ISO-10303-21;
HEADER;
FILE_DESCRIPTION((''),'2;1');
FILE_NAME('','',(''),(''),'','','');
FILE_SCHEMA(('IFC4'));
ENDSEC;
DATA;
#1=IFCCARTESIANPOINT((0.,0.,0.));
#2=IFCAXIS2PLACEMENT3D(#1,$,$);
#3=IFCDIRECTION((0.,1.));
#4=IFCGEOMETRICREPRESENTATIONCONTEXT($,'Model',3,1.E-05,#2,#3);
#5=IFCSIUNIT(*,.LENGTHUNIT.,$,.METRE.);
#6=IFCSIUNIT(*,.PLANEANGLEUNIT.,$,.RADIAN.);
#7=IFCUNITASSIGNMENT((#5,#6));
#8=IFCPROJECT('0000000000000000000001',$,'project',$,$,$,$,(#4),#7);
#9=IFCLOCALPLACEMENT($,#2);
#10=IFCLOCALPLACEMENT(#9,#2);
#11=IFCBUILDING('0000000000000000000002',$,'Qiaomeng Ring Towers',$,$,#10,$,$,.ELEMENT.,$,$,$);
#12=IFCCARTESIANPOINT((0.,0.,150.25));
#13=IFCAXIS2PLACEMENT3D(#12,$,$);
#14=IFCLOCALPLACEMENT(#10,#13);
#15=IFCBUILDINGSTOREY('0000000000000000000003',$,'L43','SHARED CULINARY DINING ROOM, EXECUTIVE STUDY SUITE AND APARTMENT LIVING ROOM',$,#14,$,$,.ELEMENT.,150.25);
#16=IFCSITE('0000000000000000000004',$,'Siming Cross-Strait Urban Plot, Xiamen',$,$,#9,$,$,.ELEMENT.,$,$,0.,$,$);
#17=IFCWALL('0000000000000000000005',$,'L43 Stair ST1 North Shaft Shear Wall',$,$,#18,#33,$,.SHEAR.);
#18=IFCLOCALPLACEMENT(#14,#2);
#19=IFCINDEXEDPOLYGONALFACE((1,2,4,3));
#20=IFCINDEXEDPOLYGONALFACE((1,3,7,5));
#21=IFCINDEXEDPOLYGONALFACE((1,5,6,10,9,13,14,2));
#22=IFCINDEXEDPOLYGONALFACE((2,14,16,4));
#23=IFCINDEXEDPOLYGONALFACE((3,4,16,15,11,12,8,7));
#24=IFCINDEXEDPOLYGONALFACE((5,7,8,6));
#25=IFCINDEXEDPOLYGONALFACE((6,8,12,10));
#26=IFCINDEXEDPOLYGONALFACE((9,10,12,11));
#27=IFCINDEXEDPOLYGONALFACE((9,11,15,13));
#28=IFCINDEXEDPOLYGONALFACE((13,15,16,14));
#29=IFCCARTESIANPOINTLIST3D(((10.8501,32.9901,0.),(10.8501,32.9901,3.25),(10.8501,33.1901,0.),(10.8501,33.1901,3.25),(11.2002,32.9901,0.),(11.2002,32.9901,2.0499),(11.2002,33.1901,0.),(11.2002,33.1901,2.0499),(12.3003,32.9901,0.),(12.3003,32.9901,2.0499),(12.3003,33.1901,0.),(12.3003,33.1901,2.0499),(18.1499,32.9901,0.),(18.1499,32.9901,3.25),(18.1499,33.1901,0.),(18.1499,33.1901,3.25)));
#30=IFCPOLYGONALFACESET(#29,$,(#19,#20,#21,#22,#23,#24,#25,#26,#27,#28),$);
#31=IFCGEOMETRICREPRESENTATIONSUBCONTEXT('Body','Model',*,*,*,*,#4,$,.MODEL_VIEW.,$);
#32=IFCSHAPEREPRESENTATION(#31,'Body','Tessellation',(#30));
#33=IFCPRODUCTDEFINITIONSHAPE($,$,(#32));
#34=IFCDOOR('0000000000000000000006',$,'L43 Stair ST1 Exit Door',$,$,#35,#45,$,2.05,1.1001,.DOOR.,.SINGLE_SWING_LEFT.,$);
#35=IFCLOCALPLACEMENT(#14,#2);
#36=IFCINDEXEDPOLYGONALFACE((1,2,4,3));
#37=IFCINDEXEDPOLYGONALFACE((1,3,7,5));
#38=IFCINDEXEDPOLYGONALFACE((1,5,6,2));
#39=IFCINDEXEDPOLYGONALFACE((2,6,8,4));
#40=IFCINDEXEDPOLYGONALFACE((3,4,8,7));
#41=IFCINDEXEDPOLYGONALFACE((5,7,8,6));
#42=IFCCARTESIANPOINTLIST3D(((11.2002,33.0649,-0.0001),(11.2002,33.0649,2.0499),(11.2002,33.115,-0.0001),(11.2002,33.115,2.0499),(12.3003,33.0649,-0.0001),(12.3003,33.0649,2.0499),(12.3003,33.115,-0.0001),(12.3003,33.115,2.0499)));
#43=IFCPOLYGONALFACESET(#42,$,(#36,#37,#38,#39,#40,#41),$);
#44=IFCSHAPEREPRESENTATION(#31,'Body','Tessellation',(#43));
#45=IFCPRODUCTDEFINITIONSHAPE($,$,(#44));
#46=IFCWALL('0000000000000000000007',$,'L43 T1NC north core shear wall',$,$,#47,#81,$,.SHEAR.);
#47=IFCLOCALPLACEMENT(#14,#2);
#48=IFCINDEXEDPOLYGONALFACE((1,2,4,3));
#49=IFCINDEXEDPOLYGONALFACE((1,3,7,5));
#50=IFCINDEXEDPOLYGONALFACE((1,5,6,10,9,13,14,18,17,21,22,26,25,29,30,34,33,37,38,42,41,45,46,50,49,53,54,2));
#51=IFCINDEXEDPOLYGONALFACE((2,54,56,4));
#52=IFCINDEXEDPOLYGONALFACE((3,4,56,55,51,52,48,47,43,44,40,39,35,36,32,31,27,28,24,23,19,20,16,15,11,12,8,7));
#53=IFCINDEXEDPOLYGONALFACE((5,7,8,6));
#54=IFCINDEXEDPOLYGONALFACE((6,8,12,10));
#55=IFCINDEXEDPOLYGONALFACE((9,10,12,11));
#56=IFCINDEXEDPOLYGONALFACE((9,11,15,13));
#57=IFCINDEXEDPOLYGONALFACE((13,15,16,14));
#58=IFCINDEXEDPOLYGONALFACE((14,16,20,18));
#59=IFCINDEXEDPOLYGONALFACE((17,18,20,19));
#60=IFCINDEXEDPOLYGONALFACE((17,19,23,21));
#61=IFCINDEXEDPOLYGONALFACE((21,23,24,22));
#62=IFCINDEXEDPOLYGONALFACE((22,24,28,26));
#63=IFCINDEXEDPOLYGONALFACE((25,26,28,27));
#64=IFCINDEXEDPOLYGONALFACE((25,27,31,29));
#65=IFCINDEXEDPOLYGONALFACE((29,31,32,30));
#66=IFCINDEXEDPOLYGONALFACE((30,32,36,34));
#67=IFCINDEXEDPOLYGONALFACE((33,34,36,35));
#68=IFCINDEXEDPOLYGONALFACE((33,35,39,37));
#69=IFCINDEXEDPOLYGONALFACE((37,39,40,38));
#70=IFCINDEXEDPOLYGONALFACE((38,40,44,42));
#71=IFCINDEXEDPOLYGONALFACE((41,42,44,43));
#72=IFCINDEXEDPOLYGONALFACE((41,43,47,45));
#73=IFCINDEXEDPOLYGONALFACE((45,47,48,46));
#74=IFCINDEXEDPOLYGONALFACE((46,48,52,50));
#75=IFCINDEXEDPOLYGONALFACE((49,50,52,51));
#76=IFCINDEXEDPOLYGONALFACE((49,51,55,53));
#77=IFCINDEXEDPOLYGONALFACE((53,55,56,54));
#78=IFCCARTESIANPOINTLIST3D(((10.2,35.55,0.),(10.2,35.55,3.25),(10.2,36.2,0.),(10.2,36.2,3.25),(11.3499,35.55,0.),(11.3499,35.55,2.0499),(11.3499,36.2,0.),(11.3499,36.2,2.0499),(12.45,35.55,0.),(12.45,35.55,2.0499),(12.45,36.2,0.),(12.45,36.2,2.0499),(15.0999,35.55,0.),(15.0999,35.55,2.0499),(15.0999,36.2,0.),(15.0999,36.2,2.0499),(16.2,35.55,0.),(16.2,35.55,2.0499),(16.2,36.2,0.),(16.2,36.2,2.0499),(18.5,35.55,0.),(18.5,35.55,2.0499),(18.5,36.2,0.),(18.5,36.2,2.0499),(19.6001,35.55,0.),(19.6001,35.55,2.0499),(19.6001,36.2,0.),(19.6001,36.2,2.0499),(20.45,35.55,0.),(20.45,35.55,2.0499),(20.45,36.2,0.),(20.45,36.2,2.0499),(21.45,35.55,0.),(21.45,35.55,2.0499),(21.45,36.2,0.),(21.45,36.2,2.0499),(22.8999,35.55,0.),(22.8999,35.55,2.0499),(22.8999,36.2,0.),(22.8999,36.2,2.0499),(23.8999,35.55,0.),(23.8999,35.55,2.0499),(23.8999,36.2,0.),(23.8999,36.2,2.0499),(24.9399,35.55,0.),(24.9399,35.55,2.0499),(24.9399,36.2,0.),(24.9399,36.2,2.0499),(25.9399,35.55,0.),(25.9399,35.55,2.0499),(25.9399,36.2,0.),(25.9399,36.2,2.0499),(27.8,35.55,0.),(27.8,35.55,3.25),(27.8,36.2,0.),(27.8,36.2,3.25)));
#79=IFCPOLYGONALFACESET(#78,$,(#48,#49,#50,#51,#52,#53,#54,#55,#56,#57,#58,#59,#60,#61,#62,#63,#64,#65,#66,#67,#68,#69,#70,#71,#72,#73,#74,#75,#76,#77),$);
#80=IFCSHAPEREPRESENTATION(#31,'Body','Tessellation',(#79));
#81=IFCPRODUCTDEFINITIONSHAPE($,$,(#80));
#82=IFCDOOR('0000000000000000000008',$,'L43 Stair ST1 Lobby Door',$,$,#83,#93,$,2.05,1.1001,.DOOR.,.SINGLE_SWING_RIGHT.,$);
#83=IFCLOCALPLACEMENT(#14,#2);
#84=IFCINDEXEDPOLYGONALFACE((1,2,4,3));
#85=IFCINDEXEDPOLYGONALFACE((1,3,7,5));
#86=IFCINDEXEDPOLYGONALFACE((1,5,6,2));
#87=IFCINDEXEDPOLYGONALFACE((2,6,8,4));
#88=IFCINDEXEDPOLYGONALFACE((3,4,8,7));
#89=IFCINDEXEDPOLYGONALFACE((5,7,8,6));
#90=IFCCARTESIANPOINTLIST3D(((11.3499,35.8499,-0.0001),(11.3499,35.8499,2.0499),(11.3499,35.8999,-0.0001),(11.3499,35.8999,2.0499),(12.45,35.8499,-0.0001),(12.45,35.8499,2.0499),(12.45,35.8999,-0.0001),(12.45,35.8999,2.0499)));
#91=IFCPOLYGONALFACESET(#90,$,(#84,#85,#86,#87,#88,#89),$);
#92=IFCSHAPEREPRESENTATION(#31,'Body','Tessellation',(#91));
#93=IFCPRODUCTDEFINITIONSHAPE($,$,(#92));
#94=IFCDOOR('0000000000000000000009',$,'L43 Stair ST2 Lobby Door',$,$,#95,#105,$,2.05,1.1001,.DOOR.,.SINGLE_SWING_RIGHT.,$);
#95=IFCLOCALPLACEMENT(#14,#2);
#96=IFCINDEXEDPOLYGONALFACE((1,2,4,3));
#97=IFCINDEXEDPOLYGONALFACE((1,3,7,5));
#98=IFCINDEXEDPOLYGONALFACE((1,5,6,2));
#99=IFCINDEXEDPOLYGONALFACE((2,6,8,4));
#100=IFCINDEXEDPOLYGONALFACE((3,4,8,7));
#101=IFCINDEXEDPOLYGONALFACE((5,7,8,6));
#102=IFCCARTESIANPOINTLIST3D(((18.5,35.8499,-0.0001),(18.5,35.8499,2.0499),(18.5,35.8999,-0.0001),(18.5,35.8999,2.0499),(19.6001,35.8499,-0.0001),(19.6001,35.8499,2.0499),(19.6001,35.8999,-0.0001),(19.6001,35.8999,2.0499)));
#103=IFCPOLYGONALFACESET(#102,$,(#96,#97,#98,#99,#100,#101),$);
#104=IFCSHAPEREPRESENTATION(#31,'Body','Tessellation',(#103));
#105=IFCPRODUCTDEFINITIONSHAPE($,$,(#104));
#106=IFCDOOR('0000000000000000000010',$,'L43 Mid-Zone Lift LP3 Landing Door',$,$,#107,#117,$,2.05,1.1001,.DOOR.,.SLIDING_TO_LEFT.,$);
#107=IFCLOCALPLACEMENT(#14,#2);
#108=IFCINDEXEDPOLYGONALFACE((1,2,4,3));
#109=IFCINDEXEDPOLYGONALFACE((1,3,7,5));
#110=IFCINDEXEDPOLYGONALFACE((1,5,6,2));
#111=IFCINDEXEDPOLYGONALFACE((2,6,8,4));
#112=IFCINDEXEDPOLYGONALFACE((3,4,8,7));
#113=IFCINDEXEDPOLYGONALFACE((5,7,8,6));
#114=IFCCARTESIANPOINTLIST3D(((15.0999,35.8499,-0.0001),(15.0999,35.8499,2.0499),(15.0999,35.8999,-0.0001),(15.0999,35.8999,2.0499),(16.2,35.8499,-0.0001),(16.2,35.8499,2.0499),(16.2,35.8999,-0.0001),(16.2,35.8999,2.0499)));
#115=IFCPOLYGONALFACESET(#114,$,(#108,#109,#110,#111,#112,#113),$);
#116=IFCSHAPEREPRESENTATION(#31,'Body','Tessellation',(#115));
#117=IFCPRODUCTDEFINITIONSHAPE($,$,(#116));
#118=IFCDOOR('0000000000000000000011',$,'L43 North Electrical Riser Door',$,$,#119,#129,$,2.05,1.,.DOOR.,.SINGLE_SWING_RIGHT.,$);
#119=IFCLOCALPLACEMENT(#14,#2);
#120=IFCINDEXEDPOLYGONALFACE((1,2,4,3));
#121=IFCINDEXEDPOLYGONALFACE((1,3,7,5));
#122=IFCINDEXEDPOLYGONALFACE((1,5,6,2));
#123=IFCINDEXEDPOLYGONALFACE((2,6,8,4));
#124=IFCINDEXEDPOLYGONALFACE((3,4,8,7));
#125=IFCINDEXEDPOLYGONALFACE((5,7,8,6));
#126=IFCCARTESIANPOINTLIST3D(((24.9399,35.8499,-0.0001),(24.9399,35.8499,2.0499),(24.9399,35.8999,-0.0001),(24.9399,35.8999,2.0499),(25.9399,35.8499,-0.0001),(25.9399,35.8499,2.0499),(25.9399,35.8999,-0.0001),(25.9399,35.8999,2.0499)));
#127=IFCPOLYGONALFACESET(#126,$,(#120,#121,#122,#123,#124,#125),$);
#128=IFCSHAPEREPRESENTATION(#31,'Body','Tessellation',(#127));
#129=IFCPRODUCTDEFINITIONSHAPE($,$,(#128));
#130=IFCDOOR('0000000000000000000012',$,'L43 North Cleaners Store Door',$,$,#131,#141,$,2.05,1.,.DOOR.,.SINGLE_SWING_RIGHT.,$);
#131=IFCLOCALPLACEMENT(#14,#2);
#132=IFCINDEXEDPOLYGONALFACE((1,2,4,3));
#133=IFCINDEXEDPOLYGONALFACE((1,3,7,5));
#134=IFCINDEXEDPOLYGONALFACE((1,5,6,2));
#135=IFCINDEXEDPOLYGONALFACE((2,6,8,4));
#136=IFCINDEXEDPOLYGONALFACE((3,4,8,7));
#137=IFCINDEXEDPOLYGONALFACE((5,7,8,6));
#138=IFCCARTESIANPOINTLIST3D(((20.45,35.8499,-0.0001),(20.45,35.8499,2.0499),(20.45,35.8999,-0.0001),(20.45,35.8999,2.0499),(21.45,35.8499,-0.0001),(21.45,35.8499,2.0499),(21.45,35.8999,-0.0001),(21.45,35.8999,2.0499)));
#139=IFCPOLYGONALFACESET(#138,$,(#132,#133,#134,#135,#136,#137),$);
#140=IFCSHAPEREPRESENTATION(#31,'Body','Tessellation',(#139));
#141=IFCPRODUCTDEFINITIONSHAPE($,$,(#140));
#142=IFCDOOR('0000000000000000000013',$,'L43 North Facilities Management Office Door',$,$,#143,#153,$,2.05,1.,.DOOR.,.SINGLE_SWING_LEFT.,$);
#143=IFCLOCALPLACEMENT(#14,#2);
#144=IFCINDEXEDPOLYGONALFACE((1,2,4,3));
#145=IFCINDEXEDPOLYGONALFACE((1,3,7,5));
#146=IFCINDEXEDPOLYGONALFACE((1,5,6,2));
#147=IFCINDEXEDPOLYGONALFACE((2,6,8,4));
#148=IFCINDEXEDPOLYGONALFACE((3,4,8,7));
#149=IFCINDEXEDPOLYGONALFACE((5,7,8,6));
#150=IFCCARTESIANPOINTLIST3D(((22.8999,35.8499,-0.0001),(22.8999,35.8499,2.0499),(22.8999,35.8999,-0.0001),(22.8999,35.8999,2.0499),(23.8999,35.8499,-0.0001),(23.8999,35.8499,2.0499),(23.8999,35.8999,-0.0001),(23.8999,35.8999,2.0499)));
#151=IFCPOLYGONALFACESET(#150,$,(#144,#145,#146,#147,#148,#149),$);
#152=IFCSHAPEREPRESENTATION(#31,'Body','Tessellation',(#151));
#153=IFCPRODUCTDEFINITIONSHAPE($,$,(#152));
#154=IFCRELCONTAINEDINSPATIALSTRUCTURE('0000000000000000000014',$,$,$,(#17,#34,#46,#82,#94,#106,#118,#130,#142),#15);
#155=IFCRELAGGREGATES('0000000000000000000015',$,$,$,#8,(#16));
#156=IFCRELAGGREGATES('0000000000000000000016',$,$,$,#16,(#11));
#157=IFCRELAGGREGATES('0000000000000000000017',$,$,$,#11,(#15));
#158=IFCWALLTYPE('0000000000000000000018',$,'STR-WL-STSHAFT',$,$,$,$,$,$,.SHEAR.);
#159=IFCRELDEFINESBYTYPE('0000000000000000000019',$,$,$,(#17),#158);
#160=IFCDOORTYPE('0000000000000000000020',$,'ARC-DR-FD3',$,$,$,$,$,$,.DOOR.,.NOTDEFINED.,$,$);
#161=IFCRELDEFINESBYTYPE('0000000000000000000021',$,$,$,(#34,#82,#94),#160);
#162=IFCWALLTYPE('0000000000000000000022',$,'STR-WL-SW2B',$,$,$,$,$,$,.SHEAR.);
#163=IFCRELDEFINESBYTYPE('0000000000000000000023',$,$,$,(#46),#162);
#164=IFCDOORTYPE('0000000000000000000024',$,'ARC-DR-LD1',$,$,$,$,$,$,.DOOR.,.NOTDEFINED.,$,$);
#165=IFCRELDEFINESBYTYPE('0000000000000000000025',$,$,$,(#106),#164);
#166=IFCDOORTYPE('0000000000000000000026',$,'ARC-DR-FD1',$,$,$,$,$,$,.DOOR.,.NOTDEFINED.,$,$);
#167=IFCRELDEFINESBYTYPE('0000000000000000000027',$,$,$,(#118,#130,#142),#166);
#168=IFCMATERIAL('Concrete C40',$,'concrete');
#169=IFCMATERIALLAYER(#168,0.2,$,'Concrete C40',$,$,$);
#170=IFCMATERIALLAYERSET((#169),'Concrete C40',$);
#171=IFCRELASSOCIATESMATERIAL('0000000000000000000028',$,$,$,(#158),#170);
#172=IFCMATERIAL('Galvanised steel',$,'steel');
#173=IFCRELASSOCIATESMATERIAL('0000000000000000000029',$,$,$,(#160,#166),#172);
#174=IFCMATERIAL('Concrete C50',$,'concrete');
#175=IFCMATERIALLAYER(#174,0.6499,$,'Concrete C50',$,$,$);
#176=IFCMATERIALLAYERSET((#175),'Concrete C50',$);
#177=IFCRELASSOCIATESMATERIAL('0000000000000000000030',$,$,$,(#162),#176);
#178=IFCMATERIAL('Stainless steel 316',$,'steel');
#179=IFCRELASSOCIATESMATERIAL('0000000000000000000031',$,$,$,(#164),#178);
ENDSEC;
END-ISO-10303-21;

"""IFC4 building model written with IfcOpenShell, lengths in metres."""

from ifc_helpers import new_model, si_unit, direction, frame, frame_2d, origin, place, context, subcontext, project, spatial, rectangle, extrude, source, transform, mapped, material, layer, layer_set, type_object, element, fill, save


model = new_model("IFC4")

# Units and contexts
model_context = context("Model", 3, precision=1e-05, world=origin(), true_north=direction((0.0, 1.0)))
body_context = subcontext(model_context, "Body", "Model", "MODEL_VIEW")
ifc_project = project(units=[si_unit("LENGTHUNIT", "METRE"), si_unit("PLANEANGLEUNIT", "RADIAN")], contexts=[model_context])

# Site, building, storey
site_placement = place(None, origin())
site = spatial("IfcSite", under=ifc_project, at=site_placement, Name="Siming Cross-Strait Urban Plot, Xiamen", CompositionType="ELEMENT", RefElevation=0.0)
building_placement = place(site_placement, origin())
building = spatial("IfcBuilding", under=site, at=building_placement, Name="Qiaomeng Ring Towers", CompositionType="ELEMENT")
storey_placement = place(building_placement, frame((0.0, 0.0, 150.25)))
storey = spatial("IfcBuildingStorey", under=building, at=storey_placement, Name="L43", Description="SHARED CULINARY DINING ROOM, EXECUTIVE STUDY SUITE AND APARTMENT LIVING ROOM", CompositionType="ELEMENT", Elevation=150.25)

# Shared definitions
ifc_material_1 = material(Name="Concrete C40", Category="concrete")
ifc_layer_1 = layer(ifc_material_1, 0.2, Name="Concrete C40")
ifc_layer_set_1 = layer_set([ifc_layer_1], Name="Concrete C40")
wall_type_1 = type_object("IfcWallType", Name="STR-WL-STSHAFT", PredefinedType="SHEAR", material=ifc_layer_set_1)

# Wall, opening, door
wall_1_placement = place(storey_placement, frame((10.8501, 33.0901, 0.0), z_axis=(0.0, 0.0, 1.0), x_axis=(1.0, 0.0, 0.0)))
wall_1 = element("IfcWall", 1, at=wall_1_placement, inside=storey, type_object=wall_type_1, Name="L43 Stair ST1 North Shaft Shear Wall", PredefinedType="SHEAR", context=body_context, shape_type="SweptSolid", body=[
    extrude(rectangle(XDim=7.2998, YDim=0.2, at=frame_2d((3.6499, 0.0))), origin(), (0.0, 0.0, 1.0), 3.25),
])
opening_1_placement = place(wall_1_placement, frame((0.3501, 0.0, 0.0)))
opening_1 = element("IfcOpeningElement", 2, at=opening_1_placement, cuts=wall_1, PredefinedType="OPENING", context=body_context, shape_type="SweptSolid", body=[
    extrude(rectangle(XDim=1.1001, YDim=2.05, at=frame_2d((0.55, 1.0249))), frame((0.0, 0.1099, 0.0), z_axis=(0.0, -1.0, 0.0), x_axis=(1.0, 0.0, 0.0)), (0.0, 0.0, 1.0), 0.22),
])
ifc_material_2 = material(Name="Galvanised steel", Category="steel")
door_type_1 = type_object("IfcDoorType", Name="ARC-DR-FD3", OperationType="NOTDEFINED", PredefinedType="DOOR", material=ifc_material_2)
shared_shape_1 = source(origin(), body_context, "Body", "SweptSolid", [
    extrude(rectangle(XDim=1.1001, YDim=2.05, at=frame_2d((0.55, 1.0249))), frame((0.0, 0.0249, 0.0), z_axis=(0.0, -1.0, 0.0), x_axis=(1.0, 0.0, 0.0)), (0.0, 0.0, 1.0), 0.05),
])
door_1_placement = place(opening_1_placement, origin())
door_1 = element("IfcDoor", 3, at=door_1_placement, inside=storey, type_object=door_type_1, Name="L43 Stair ST1 Exit Door", OperationType="SINGLE_SWING_LEFT", OverallHeight=2.05, OverallWidth=1.1001, PredefinedType="DOOR", context=body_context, shape_type="MappedRepresentation", body=[
    mapped(shared_shape_1, transform((0.0, 0.0, 0.0), x_axis=(1.0, 0.0, 0.0), y_axis=(0.0, 1.0, 0.0), z_axis=(0.0, 0.0, 1.0), scale=1.0)),
])
fill(opening_1, door_1)

# Wall, openings, doors
ifc_material_3 = material(Name="Concrete C50", Category="concrete")
ifc_layer_2 = layer(ifc_material_3, 0.6499, Name="Concrete C50")
ifc_layer_set_2 = layer_set([ifc_layer_2], Name="Concrete C50")
wall_type_2 = type_object("IfcWallType", Name="STR-WL-SW2B", PredefinedType="SHEAR", material=ifc_layer_set_2)
wall_2_placement = place(storey_placement, frame((10.2, 35.875, 0.0), z_axis=(0.0, 0.0, 1.0), x_axis=(1.0, 0.0, 0.0)))
wall_2 = element("IfcWall", 4, at=wall_2_placement, inside=storey, type_object=wall_type_2, Name="L43 T1NC north core shear wall", PredefinedType="SHEAR", context=body_context, shape_type="SweptSolid", body=[
    extrude(rectangle(XDim=17.6001, YDim=0.6499, at=frame_2d((8.8, 0.0))), origin(), (0.0, 0.0, 1.0), 3.25),
])
opening_2_placement = place(wall_2_placement, frame((1.1499, 0.0, 0.0)))
opening_2 = element("IfcOpeningElement", 5, at=opening_2_placement, cuts=wall_2, PredefinedType="OPENING", context=body_context, shape_type="SweptSolid", body=[
    extrude(rectangle(XDim=1.1001, YDim=2.05, at=frame_2d((0.55, 1.0249))), frame((0.0, 0.335, 0.0), z_axis=(0.0, -1.0, 0.0), x_axis=(1.0, 0.0, 0.0)), (0.0, 0.0, 1.0), 0.6699),
])
opening_3_placement = place(wall_2_placement, frame((8.3, 0.0, 0.0)))
opening_3 = element("IfcOpeningElement", 6, at=opening_3_placement, cuts=wall_2, PredefinedType="OPENING", context=body_context, shape_type="SweptSolid", body=[
    extrude(rectangle(XDim=1.1001, YDim=2.05, at=frame_2d((0.55, 1.0249))), frame((0.0, 0.335, 0.0), z_axis=(0.0, -1.0, 0.0), x_axis=(1.0, 0.0, 0.0)), (0.0, 0.0, 1.0), 0.6699),
])
opening_4_placement = place(wall_2_placement, frame((4.8999, 0.0, 0.0)))
opening_4 = element("IfcOpeningElement", 7, at=opening_4_placement, cuts=wall_2, PredefinedType="OPENING", context=body_context, shape_type="SweptSolid", body=[
    extrude(rectangle(XDim=1.1001, YDim=2.05, at=frame_2d((0.55, 1.0249))), frame((0.0, 0.335, 0.0), z_axis=(0.0, -1.0, 0.0), x_axis=(1.0, 0.0, 0.0)), (0.0, 0.0, 1.0), 0.6699),
])
opening_5_placement = place(wall_2_placement, frame((14.74, 0.0, 0.0)))
opening_5 = element("IfcOpeningElement", 8, at=opening_5_placement, cuts=wall_2, PredefinedType="OPENING", context=body_context, shape_type="SweptSolid", body=[
    extrude(rectangle(XDim=1.0, YDim=2.05, at=frame_2d((0.5, 1.0249))), frame((0.0, 0.335, 0.0), z_axis=(0.0, -1.0, 0.0), x_axis=(1.0, 0.0, 0.0)), (0.0, 0.0, 1.0), 0.6699),
])
opening_6_placement = place(wall_2_placement, frame((10.25, 0.0, 0.0)))
opening_6 = element("IfcOpeningElement", 9, at=opening_6_placement, cuts=wall_2, PredefinedType="OPENING", context=body_context, shape_type="SweptSolid", body=[
    extrude(rectangle(XDim=1.0, YDim=2.05, at=frame_2d((0.5, 1.0249))), frame((0.0, 0.335, 0.0), z_axis=(0.0, -1.0, 0.0), x_axis=(1.0, 0.0, 0.0)), (0.0, 0.0, 1.0), 0.6699),
])
opening_7_placement = place(wall_2_placement, frame((12.7, 0.0, 0.0)))
opening_7 = element("IfcOpeningElement", 10, at=opening_7_placement, cuts=wall_2, PredefinedType="OPENING", context=body_context, shape_type="SweptSolid", body=[
    extrude(rectangle(XDim=1.0, YDim=2.05, at=frame_2d((0.5, 1.0249))), frame((0.0, 0.335, 0.0), z_axis=(0.0, -1.0, 0.0), x_axis=(1.0, 0.0, 0.0)), (0.0, 0.0, 1.0), 0.6699),
])
door_2_placement = place(opening_2_placement, origin())
door_2 = element("IfcDoor", 11, at=door_2_placement, inside=storey, type_object=door_type_1, Name="L43 Stair ST1 Lobby Door", OperationType="SINGLE_SWING_RIGHT", OverallHeight=2.05, OverallWidth=1.1001, PredefinedType="DOOR", context=body_context, shape_type="MappedRepresentation", body=[
    mapped(shared_shape_1, transform((0.0, 0.0, 0.0), x_axis=(1.0, 0.0, 0.0), y_axis=(0.0, 1.0, 0.0), z_axis=(0.0, 0.0, 1.0), scale=1.0)),
])
fill(opening_2, door_2)
door_3_placement = place(opening_3_placement, origin())
door_3 = element("IfcDoor", 12, at=door_3_placement, inside=storey, type_object=door_type_1, Name="L43 Stair ST2 Lobby Door", OperationType="SINGLE_SWING_RIGHT", OverallHeight=2.05, OverallWidth=1.1001, PredefinedType="DOOR", context=body_context, shape_type="MappedRepresentation", body=[
    mapped(shared_shape_1, transform((0.0, 0.0, 0.0), x_axis=(1.0, 0.0, 0.0), y_axis=(0.0, 1.0, 0.0), z_axis=(0.0, 0.0, 1.0), scale=1.0)),
])
fill(opening_3, door_3)
ifc_material_4 = material(Name="Stainless steel 316", Category="steel")
door_type_2 = type_object("IfcDoorType", Name="ARC-DR-LD1", OperationType="NOTDEFINED", PredefinedType="DOOR", material=ifc_material_4)
door_4_placement = place(opening_4_placement, origin())
door_4 = element("IfcDoor", 13, at=door_4_placement, inside=storey, type_object=door_type_2, Name="L43 Mid-Zone Lift LP3 Landing Door", OperationType="SLIDING_TO_LEFT", OverallHeight=2.05, OverallWidth=1.1001, PredefinedType="DOOR", context=body_context, shape_type="MappedRepresentation", body=[
    mapped(shared_shape_1, transform((0.0, 0.0, 0.0), x_axis=(1.0, 0.0, 0.0), y_axis=(0.0, 1.0, 0.0), z_axis=(0.0, 0.0, 1.0), scale=1.0)),
])
fill(opening_4, door_4)
door_type_3 = type_object("IfcDoorType", Name="ARC-DR-FD1", OperationType="NOTDEFINED", PredefinedType="DOOR", material=ifc_material_2)
shared_shape_2 = source(origin(), body_context, "Body", "SweptSolid", [
    extrude(rectangle(XDim=1.0, YDim=2.05, at=frame_2d((0.5, 1.0249))), frame((0.0, 0.0249, 0.0), z_axis=(0.0, -1.0, 0.0), x_axis=(1.0, 0.0, 0.0)), (0.0, 0.0, 1.0), 0.05),
])
door_5_placement = place(opening_5_placement, origin())
door_5 = element("IfcDoor", 14, at=door_5_placement, inside=storey, type_object=door_type_3, Name="L43 North Electrical Riser Door", OperationType="SINGLE_SWING_RIGHT", OverallHeight=2.05, OverallWidth=1.0, PredefinedType="DOOR", context=body_context, shape_type="MappedRepresentation", body=[
    mapped(shared_shape_2, transform((0.0, 0.0, 0.0), x_axis=(1.0, 0.0, 0.0), y_axis=(0.0, 1.0, 0.0), z_axis=(0.0, 0.0, 1.0), scale=1.0)),
])
fill(opening_5, door_5)
door_6_placement = place(opening_6_placement, origin())
door_6 = element("IfcDoor", 15, at=door_6_placement, inside=storey, type_object=door_type_3, Name="L43 North Cleaners Store Door", OperationType="SINGLE_SWING_RIGHT", OverallHeight=2.05, OverallWidth=1.0, PredefinedType="DOOR", context=body_context, shape_type="MappedRepresentation", body=[
    mapped(shared_shape_2, transform((0.0, 0.0, 0.0), x_axis=(1.0, 0.0, 0.0), y_axis=(0.0, 1.0, 0.0), z_axis=(0.0, 0.0, 1.0), scale=1.0)),
])
fill(opening_6, door_6)
door_7_placement = place(opening_7_placement, origin())
door_7 = element("IfcDoor", 16, at=door_7_placement, inside=storey, type_object=door_type_3, Name="L43 North Facilities Management Office Door", OperationType="SINGLE_SWING_LEFT", OverallHeight=2.05, OverallWidth=1.0, PredefinedType="DOOR", context=body_context, shape_type="MappedRepresentation", body=[
    mapped(shared_shape_2, transform((0.0, 0.0, 0.0), x_axis=(1.0, 0.0, 0.0), y_axis=(0.0, 1.0, 0.0), z_axis=(0.0, 0.0, 1.0), scale=1.0)),
])
fill(opening_7, door_7)

save(model, "model.ifc")
